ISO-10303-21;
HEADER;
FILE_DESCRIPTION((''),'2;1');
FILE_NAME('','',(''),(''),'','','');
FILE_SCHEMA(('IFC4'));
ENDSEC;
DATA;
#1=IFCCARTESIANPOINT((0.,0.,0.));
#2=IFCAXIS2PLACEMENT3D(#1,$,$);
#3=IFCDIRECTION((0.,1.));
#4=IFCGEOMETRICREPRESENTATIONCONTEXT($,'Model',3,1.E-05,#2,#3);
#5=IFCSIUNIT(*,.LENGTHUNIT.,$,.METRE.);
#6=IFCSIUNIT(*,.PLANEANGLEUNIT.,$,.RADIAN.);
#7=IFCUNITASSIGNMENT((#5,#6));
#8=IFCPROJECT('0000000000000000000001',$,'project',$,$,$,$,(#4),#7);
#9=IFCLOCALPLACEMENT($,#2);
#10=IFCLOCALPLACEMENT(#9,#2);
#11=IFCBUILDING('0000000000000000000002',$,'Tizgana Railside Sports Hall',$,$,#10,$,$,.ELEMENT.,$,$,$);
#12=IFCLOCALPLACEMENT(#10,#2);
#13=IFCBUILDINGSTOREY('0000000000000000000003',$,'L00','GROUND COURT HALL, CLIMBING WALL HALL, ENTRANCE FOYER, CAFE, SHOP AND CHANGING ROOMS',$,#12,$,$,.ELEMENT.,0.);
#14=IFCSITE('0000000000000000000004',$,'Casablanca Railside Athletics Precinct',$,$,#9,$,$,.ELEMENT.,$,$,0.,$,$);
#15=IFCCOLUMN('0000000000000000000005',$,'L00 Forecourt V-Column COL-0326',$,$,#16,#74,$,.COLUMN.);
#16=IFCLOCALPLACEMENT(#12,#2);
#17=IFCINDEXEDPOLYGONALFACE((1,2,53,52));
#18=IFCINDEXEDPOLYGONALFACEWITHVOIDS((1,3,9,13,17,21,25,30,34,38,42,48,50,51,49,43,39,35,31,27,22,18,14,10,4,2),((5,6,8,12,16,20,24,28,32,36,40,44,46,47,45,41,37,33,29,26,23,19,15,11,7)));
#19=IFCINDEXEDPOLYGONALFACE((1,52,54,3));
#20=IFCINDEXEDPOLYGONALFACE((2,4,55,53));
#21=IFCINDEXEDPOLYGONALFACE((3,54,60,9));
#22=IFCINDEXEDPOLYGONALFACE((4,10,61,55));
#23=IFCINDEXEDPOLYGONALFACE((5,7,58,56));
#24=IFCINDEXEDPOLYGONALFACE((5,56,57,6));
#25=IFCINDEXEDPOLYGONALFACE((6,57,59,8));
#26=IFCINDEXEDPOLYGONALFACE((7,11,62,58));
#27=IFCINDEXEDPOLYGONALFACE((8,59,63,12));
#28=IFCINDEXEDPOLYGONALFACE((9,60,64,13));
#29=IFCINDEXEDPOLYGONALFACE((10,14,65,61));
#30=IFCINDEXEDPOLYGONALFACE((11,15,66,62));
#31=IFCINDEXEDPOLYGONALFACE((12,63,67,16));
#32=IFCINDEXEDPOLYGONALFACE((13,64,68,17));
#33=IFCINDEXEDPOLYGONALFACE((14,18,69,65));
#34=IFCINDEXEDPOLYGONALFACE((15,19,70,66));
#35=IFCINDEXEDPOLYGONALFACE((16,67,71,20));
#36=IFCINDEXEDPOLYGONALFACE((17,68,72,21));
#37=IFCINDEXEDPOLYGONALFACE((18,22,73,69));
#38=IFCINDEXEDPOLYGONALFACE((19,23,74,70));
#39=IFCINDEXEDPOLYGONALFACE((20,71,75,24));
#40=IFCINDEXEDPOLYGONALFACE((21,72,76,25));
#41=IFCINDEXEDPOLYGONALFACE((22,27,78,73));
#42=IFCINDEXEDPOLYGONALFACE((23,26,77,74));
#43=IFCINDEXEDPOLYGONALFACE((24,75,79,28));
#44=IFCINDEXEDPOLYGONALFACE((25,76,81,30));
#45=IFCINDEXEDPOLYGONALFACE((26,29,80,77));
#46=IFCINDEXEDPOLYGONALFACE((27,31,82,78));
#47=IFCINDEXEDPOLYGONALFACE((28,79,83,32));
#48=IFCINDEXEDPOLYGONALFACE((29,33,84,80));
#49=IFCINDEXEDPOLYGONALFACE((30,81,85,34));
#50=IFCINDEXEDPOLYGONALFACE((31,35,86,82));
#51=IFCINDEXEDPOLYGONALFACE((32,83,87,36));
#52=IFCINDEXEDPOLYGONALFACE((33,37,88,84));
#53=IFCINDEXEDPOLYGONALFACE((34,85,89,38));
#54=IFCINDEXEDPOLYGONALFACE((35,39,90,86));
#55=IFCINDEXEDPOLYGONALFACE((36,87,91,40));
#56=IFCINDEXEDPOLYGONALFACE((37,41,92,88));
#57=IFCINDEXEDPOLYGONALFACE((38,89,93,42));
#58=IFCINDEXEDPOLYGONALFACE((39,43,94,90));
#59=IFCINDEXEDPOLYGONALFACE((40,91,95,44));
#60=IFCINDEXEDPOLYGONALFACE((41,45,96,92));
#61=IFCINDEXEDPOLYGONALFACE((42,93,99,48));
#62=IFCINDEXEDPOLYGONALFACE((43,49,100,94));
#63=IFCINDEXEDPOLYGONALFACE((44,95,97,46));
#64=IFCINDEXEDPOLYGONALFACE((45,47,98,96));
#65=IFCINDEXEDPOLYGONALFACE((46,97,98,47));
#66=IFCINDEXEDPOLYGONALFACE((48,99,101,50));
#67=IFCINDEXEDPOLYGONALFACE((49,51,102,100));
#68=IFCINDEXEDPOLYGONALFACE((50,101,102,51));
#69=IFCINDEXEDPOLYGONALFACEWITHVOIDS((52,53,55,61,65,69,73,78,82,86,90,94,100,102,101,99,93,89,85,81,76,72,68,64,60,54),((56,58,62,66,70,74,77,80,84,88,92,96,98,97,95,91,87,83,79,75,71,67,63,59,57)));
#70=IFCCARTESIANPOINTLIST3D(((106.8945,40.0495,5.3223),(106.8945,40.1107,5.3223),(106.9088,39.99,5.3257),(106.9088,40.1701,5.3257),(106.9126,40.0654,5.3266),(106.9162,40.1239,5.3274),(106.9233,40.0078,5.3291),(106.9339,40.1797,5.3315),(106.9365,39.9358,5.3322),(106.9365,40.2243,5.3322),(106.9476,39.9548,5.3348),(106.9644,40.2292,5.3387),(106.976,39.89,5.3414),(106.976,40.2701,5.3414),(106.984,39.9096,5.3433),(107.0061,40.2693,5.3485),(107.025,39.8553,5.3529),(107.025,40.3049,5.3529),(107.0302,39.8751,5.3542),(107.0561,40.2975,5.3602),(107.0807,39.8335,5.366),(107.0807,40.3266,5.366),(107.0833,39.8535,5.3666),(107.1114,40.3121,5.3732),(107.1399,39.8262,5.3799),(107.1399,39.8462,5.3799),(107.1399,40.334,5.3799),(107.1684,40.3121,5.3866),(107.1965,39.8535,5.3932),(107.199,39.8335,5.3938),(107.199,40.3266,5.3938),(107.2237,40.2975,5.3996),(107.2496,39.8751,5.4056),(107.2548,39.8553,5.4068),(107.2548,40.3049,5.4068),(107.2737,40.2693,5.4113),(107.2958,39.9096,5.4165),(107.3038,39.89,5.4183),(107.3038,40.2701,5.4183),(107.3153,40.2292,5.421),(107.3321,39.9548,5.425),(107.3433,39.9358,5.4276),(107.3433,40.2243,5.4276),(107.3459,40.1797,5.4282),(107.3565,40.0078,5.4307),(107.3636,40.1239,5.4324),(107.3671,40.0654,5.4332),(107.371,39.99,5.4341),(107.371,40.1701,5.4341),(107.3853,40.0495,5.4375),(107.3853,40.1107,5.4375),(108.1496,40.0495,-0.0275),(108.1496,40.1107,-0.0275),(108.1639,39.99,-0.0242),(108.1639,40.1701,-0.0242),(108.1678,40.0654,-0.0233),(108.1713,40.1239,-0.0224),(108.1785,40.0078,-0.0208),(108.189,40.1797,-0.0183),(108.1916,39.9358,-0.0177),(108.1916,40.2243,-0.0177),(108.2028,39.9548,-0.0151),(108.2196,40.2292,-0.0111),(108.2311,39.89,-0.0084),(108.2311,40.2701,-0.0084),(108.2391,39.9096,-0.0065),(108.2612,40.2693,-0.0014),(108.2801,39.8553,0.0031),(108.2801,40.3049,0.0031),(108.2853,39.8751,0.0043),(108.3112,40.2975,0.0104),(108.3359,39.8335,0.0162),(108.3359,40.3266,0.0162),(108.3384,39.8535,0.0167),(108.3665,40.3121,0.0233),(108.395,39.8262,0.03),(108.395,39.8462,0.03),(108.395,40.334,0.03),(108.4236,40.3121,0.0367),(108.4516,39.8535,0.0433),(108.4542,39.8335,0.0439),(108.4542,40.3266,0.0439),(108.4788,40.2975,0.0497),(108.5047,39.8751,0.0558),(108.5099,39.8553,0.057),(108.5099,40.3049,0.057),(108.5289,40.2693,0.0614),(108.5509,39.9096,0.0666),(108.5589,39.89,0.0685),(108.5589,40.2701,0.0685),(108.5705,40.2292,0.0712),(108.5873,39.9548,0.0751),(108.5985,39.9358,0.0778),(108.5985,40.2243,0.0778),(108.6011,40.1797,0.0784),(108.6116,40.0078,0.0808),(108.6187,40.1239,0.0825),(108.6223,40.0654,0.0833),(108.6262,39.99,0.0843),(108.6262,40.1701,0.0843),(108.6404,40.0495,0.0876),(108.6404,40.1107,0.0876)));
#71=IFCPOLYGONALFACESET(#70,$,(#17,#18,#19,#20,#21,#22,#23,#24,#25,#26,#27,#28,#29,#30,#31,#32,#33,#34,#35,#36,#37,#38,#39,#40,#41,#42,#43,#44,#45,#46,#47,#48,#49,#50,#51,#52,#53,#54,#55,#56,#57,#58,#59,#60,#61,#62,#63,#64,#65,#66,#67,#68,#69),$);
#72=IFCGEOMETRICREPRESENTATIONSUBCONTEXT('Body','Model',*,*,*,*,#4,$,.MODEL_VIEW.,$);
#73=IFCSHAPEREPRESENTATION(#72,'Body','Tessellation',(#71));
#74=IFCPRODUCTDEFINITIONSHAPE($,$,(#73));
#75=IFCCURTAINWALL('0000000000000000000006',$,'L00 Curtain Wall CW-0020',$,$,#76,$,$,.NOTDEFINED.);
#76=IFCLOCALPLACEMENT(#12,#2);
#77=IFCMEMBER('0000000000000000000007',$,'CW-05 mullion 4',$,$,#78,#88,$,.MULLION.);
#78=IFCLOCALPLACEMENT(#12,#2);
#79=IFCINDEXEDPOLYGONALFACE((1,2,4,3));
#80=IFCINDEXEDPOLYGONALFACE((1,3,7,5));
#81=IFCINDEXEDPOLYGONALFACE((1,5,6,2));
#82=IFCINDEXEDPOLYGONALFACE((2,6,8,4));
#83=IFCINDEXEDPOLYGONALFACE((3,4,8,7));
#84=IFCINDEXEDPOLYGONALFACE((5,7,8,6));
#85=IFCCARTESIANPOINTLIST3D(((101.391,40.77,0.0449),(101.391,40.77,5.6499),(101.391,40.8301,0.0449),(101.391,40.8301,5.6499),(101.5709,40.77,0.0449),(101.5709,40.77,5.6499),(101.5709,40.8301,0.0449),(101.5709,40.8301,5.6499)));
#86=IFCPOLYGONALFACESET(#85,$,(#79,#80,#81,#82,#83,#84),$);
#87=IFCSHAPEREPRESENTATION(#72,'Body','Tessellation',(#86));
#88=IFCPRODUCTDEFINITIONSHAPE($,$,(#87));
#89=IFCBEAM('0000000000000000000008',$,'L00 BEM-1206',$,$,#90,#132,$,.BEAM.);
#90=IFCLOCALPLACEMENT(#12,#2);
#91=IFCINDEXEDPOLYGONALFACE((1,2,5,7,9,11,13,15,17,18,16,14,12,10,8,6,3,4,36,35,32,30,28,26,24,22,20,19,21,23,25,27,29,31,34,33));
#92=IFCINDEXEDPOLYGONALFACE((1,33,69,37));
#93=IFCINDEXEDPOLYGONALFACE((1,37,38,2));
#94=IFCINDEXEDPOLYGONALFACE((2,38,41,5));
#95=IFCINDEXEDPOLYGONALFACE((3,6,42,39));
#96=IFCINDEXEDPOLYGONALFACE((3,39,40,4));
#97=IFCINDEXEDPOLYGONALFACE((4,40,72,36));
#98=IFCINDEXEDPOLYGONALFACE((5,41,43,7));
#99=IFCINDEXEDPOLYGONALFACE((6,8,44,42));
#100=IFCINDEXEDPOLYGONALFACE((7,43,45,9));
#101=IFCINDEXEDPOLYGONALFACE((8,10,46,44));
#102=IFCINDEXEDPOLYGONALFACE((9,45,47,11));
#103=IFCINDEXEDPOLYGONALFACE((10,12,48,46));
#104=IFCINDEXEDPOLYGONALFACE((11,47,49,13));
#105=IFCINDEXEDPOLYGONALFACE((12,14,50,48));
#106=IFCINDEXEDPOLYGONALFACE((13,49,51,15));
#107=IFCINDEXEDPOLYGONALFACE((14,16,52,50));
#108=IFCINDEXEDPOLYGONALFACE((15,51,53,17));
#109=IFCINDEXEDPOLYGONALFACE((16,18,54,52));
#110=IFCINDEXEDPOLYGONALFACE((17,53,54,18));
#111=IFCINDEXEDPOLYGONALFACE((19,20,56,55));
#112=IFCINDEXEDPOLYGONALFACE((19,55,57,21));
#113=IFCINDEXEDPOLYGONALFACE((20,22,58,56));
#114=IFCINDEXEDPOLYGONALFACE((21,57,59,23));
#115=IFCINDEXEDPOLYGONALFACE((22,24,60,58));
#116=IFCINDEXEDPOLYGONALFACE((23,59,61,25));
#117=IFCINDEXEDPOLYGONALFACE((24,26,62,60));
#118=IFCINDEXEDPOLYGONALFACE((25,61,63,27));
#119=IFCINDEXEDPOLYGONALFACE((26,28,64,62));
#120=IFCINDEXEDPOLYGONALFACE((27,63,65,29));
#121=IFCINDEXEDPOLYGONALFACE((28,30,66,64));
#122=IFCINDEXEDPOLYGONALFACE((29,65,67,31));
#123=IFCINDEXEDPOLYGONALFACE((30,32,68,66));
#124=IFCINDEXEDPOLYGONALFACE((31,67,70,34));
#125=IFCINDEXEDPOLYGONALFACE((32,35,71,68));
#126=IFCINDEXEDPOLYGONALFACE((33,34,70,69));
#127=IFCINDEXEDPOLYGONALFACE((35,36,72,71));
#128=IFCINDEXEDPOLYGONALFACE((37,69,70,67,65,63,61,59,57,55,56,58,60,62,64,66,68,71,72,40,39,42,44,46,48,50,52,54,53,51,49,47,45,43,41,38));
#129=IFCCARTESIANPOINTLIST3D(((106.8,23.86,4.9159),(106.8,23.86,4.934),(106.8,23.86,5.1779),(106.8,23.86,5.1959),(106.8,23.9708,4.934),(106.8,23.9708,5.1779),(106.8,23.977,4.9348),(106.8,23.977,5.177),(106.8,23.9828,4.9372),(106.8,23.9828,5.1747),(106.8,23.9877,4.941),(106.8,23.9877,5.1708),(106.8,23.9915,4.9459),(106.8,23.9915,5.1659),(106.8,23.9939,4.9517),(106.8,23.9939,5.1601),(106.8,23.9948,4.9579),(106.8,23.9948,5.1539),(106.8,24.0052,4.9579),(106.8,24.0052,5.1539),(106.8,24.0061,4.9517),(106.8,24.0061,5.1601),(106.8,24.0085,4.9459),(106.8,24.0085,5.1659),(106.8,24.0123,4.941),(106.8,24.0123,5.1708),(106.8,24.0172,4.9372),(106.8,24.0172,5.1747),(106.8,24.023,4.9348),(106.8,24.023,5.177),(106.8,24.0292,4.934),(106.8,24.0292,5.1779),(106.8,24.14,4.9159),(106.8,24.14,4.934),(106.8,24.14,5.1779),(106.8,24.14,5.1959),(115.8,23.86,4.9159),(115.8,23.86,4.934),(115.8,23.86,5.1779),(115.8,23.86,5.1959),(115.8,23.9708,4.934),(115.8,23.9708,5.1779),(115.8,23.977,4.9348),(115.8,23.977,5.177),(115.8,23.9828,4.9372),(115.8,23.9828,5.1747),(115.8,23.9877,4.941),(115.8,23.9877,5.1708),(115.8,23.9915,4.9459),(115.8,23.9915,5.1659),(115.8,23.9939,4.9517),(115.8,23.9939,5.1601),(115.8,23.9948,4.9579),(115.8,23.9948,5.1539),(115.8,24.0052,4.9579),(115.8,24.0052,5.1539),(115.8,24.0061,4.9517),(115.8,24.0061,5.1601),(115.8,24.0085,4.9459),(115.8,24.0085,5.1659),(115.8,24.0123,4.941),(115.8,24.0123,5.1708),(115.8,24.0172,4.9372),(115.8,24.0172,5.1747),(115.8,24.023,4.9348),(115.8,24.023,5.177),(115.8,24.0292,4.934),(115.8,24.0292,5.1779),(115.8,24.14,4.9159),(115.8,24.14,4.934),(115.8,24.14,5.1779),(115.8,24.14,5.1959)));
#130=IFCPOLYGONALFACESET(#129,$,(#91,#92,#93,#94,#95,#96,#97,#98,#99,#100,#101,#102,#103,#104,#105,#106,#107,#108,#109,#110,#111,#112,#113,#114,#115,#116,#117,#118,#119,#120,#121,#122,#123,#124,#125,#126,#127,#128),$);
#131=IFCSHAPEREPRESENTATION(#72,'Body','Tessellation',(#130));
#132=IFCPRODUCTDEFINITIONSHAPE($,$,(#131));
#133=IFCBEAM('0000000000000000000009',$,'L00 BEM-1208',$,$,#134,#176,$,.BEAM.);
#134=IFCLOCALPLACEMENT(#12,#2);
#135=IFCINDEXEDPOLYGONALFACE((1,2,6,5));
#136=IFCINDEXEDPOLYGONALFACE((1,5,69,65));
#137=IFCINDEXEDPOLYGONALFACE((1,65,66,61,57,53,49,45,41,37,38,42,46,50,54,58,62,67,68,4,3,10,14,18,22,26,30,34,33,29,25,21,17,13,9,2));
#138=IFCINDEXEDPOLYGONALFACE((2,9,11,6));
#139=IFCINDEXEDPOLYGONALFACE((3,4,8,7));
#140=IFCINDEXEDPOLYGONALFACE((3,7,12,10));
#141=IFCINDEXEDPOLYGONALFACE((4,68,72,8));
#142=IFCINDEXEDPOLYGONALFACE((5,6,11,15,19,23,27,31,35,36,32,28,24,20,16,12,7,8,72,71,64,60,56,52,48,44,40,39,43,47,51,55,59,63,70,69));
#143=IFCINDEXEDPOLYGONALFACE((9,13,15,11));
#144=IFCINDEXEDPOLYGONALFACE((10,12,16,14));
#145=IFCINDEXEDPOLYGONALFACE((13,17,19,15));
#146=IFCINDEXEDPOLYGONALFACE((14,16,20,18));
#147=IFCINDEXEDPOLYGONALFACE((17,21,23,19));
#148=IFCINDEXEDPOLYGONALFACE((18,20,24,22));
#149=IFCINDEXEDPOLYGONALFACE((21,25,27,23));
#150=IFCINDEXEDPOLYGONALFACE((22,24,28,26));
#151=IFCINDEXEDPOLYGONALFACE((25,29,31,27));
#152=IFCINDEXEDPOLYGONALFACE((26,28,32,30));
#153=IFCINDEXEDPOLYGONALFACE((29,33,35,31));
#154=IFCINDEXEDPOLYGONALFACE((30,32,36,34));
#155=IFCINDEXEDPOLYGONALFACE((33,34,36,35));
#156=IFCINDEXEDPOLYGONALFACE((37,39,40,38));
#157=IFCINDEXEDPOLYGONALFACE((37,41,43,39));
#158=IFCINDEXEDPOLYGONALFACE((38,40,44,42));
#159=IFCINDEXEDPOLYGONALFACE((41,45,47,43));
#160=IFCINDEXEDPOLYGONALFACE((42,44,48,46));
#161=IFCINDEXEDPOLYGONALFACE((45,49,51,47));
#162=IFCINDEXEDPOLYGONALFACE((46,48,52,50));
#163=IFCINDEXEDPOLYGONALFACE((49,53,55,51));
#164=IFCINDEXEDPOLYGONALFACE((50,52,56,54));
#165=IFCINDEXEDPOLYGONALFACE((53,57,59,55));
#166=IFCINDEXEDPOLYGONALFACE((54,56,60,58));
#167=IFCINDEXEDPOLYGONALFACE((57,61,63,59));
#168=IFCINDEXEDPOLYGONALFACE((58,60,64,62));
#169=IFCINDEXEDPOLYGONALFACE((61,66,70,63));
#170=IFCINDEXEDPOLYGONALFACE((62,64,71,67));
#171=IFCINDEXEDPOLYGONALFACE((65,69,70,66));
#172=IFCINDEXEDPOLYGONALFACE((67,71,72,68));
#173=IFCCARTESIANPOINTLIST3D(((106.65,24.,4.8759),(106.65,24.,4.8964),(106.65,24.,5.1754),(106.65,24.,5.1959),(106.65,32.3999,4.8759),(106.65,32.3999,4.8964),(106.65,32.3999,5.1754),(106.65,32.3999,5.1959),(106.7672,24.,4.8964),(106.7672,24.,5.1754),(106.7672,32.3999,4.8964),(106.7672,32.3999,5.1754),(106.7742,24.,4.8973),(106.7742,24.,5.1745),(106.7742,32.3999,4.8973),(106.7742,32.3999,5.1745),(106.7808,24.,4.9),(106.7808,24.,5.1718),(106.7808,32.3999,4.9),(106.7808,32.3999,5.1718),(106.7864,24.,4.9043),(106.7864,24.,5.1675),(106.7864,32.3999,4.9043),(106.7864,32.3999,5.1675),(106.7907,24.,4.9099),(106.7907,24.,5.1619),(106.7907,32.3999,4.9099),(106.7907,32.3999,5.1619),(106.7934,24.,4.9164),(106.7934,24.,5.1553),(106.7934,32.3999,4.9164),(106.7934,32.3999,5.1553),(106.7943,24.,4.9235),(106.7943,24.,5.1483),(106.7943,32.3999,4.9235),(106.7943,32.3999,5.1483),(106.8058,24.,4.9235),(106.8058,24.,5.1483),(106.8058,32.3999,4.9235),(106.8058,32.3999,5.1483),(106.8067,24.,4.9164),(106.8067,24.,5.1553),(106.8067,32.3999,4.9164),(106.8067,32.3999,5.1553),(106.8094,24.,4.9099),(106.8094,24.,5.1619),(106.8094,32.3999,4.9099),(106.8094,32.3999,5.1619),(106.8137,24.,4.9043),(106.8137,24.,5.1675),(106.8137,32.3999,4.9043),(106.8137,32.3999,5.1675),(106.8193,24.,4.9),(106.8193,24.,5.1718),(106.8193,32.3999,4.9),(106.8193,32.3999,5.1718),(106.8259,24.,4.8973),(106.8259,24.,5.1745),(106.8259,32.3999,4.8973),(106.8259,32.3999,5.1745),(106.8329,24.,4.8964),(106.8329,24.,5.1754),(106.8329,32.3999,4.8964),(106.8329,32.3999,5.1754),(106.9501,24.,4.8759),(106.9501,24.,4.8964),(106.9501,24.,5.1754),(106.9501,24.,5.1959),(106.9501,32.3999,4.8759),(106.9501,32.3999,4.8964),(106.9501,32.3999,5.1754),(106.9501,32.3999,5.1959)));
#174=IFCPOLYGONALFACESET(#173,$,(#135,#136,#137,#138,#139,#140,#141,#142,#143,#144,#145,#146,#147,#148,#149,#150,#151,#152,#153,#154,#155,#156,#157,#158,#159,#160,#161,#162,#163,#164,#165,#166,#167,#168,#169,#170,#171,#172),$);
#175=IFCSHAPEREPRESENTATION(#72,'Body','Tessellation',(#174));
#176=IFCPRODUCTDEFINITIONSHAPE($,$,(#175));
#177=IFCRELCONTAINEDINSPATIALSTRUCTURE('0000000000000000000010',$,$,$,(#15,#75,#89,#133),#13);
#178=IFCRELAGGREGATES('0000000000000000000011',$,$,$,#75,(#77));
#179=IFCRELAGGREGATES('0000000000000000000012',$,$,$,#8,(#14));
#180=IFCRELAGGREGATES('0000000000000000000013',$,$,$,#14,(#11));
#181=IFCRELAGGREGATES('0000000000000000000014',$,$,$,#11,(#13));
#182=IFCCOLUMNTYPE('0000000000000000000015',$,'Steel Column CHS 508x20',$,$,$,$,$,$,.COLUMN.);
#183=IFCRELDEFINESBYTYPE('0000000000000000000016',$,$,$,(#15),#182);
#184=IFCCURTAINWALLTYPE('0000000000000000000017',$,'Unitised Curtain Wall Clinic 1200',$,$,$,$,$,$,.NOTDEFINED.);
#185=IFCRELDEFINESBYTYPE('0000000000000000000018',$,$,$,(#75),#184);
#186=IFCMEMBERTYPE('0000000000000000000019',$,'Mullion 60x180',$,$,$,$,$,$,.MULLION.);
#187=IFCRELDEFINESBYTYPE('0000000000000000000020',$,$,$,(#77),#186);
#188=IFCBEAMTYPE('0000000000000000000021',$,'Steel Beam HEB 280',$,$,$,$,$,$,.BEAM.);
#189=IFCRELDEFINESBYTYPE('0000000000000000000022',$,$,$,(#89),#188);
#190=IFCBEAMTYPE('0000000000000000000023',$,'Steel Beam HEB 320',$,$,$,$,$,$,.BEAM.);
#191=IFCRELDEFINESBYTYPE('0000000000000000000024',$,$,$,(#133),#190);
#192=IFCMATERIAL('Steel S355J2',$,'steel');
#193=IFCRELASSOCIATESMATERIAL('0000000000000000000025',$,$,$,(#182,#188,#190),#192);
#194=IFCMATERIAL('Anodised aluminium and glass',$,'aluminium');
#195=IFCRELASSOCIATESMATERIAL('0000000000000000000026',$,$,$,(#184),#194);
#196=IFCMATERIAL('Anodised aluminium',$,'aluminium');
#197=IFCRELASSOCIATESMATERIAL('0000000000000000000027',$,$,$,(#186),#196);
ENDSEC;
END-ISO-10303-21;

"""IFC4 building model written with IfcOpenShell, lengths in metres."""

from ifc_helpers import new_model, si_unit, direction, frame, origin, origin_2d, place, context, subcontext, project, spatial, rectangle, hollow_circle, i_section, extrude, material, material_profile, profile_set, type_object, element, aggregate, save


model = new_model("IFC4")

# Units and contexts
model_context = context("Model", 3, precision=1e-05, world=origin(), true_north=direction((0.0, 1.0)))
body_context = subcontext(model_context, "Body", "Model", "MODEL_VIEW")
ifc_project = project(units=[si_unit("LENGTHUNIT", "METRE"), si_unit("PLANEANGLEUNIT", "RADIAN")], contexts=[model_context])

# Site, building, storey
site_placement = place(None, origin())
site = spatial("IfcSite", under=ifc_project, at=site_placement, Name="Casablanca Railside Athletics Precinct", CompositionType="ELEMENT", RefElevation=0.0)
building_placement = place(site_placement, origin())
building = spatial("IfcBuilding", under=site, at=building_placement, Name="Tizgana Railside Sports Hall", CompositionType="ELEMENT")
storey_placement = place(building_placement, origin())
storey = spatial("IfcBuildingStorey", under=building, at=storey_placement, Name="L00", Description="GROUND COURT HALL, CLIMBING WALL HALL, ENTRANCE FOYER, CAFE, SHOP AND CHANGING ROOMS", CompositionType="ELEMENT", Elevation=0.0)

# Column
ifc_material_1 = material(Name="Steel S355J2", Category="steel")
ifc_material_profile_1 = material_profile(ifc_material_1, hollow_circle(Radius=0.2539, WallThickness=0.02, at=origin_2d()), Name="CHS 508x20")
ifc_profile_set_1 = profile_set([ifc_material_profile_1], Name="Steel S355J2")
column_type_1 = type_object("IfcColumnType", Name="Steel Column CHS 508x20", PredefinedType="COLUMN", material=ifc_profile_set_1)
for number, where, z_axis, x_axis, name in (
    (1, (108.395, 40.0801, 0.03), (-0.228408, 0.0, 0.973566), (0.0, -1.0, 0.0), "L00 Forecourt V-Column COL-0326"),
):
    element("IfcColumn", number, at=place(storey_placement, frame(where, z_axis=z_axis, x_axis=x_axis)), inside=storey, type_object=column_type_1, Name=name, PredefinedType="COLUMN", context=body_context, shape_type="SweptSolid", body=[
        extrude(hollow_circle(Radius=0.2539, WallThickness=0.02, at=origin_2d()), origin(), (0.0, 0.0, 1.0), 5.4951),
    ])

# Curtain wall, member
ifc_material_2 = material(Name="Anodised aluminium and glass", Category="aluminium")
curtain_wall_type = type_object("IfcCurtainWallType", Name="Unitised Curtain Wall Clinic 1200", PredefinedType="NOTDEFINED", material=ifc_material_2)
curtain_wall_placement = place(storey_placement, origin())
curtain_wall = element("IfcCurtainWall", 2, at=curtain_wall_placement, inside=storey, type_object=curtain_wall_type, Name="L00 Curtain Wall CW-0020", PredefinedType="NOTDEFINED")
ifc_material_3 = material(Name="Anodised aluminium", Category="aluminium")
ifc_material_profile_2 = material_profile(ifc_material_3, rectangle(XDim=0.0601, YDim=0.1799, at=origin_2d()), Name="Mullion 60x180")
ifc_profile_set_2 = profile_set([ifc_material_profile_2], Name="Anodised aluminium")
member_type_1 = type_object("IfcMemberType", Name="Mullion 60x180", PredefinedType="MULLION", material=ifc_profile_set_2)
member_1_placement = place(storey_placement, frame((101.481, 40.8, 0.0449), z_axis=(0.0, 0.0, 1.0), x_axis=(0.0, -1.0, 0.0)))
member_1 = element("IfcMember", 3, at=member_1_placement, type_object=member_type_1, Name="CW-05 mullion 4", PredefinedType="MULLION", context=body_context, shape_type="SweptSolid", body=[
    extrude(rectangle(XDim=0.0601, YDim=0.1799, at=origin_2d()), origin(), (0.0, 0.0, 1.0), 5.605),
])

# Beams
ifc_material_profile_3 = material_profile(ifc_material_1, i_section(OverallWidth=0.28, OverallDepth=0.28, WebThickness=0.0105, FlangeThickness=0.0181, FilletRadius=0.0239, at=origin_2d()), Name="HEB 280")
ifc_profile_set_3 = profile_set([ifc_material_profile_3], Name="Steel S355J2")
beam_type_1 = type_object("IfcBeamType", Name="Steel Beam HEB 280", PredefinedType="BEAM", material=ifc_profile_set_3)
beam_1_placement = place(storey_placement, frame((106.8, 24.0, 5.0559), z_axis=(1.0, 0.0, 0.0), x_axis=(0.0, 1.0, 0.0)))
element("IfcBeam", 4, at=beam_1_placement, inside=storey, type_object=beam_type_1, Name="L00 BEM-1206", PredefinedType="BEAM", context=body_context, shape_type="SweptSolid", body=[
    extrude(i_section(OverallWidth=0.28, OverallDepth=0.28, WebThickness=0.0105, FlangeThickness=0.0181, FilletRadius=0.0239, at=origin_2d()), origin(), (0.0, 0.0, 1.0), 9.0),
])
ifc_material_profile_4 = material_profile(ifc_material_1, i_section(OverallWidth=0.3, OverallDepth=0.3201, WebThickness=0.0115, FlangeThickness=0.0205, FilletRadius=0.0271, at=origin_2d()), Name="HEB 320")
ifc_profile_set_4 = profile_set([ifc_material_profile_4], Name="Steel S355J2")
beam_type_2 = type_object("IfcBeamType", Name="Steel Beam HEB 320", PredefinedType="BEAM", material=ifc_profile_set_4)
beam_2_placement = place(storey_placement, frame((106.8, 24.0, 5.0359), z_axis=(0.0, 1.0, 0.0), x_axis=(-1.0, 0.0, 0.0)))
element("IfcBeam", 5, at=beam_2_placement, inside=storey, type_object=beam_type_2, Name="L00 BEM-1208", PredefinedType="BEAM", context=body_context, shape_type="SweptSolid", body=[
    extrude(i_section(OverallWidth=0.3, OverallDepth=0.3201, WebThickness=0.0115, FlangeThickness=0.0205, FilletRadius=0.0271, at=origin_2d()), origin(), (0.0, 0.0, 1.0), 8.3999),
])

aggregate(curtain_wall, [member_1])

save(model, "model.ifc")
